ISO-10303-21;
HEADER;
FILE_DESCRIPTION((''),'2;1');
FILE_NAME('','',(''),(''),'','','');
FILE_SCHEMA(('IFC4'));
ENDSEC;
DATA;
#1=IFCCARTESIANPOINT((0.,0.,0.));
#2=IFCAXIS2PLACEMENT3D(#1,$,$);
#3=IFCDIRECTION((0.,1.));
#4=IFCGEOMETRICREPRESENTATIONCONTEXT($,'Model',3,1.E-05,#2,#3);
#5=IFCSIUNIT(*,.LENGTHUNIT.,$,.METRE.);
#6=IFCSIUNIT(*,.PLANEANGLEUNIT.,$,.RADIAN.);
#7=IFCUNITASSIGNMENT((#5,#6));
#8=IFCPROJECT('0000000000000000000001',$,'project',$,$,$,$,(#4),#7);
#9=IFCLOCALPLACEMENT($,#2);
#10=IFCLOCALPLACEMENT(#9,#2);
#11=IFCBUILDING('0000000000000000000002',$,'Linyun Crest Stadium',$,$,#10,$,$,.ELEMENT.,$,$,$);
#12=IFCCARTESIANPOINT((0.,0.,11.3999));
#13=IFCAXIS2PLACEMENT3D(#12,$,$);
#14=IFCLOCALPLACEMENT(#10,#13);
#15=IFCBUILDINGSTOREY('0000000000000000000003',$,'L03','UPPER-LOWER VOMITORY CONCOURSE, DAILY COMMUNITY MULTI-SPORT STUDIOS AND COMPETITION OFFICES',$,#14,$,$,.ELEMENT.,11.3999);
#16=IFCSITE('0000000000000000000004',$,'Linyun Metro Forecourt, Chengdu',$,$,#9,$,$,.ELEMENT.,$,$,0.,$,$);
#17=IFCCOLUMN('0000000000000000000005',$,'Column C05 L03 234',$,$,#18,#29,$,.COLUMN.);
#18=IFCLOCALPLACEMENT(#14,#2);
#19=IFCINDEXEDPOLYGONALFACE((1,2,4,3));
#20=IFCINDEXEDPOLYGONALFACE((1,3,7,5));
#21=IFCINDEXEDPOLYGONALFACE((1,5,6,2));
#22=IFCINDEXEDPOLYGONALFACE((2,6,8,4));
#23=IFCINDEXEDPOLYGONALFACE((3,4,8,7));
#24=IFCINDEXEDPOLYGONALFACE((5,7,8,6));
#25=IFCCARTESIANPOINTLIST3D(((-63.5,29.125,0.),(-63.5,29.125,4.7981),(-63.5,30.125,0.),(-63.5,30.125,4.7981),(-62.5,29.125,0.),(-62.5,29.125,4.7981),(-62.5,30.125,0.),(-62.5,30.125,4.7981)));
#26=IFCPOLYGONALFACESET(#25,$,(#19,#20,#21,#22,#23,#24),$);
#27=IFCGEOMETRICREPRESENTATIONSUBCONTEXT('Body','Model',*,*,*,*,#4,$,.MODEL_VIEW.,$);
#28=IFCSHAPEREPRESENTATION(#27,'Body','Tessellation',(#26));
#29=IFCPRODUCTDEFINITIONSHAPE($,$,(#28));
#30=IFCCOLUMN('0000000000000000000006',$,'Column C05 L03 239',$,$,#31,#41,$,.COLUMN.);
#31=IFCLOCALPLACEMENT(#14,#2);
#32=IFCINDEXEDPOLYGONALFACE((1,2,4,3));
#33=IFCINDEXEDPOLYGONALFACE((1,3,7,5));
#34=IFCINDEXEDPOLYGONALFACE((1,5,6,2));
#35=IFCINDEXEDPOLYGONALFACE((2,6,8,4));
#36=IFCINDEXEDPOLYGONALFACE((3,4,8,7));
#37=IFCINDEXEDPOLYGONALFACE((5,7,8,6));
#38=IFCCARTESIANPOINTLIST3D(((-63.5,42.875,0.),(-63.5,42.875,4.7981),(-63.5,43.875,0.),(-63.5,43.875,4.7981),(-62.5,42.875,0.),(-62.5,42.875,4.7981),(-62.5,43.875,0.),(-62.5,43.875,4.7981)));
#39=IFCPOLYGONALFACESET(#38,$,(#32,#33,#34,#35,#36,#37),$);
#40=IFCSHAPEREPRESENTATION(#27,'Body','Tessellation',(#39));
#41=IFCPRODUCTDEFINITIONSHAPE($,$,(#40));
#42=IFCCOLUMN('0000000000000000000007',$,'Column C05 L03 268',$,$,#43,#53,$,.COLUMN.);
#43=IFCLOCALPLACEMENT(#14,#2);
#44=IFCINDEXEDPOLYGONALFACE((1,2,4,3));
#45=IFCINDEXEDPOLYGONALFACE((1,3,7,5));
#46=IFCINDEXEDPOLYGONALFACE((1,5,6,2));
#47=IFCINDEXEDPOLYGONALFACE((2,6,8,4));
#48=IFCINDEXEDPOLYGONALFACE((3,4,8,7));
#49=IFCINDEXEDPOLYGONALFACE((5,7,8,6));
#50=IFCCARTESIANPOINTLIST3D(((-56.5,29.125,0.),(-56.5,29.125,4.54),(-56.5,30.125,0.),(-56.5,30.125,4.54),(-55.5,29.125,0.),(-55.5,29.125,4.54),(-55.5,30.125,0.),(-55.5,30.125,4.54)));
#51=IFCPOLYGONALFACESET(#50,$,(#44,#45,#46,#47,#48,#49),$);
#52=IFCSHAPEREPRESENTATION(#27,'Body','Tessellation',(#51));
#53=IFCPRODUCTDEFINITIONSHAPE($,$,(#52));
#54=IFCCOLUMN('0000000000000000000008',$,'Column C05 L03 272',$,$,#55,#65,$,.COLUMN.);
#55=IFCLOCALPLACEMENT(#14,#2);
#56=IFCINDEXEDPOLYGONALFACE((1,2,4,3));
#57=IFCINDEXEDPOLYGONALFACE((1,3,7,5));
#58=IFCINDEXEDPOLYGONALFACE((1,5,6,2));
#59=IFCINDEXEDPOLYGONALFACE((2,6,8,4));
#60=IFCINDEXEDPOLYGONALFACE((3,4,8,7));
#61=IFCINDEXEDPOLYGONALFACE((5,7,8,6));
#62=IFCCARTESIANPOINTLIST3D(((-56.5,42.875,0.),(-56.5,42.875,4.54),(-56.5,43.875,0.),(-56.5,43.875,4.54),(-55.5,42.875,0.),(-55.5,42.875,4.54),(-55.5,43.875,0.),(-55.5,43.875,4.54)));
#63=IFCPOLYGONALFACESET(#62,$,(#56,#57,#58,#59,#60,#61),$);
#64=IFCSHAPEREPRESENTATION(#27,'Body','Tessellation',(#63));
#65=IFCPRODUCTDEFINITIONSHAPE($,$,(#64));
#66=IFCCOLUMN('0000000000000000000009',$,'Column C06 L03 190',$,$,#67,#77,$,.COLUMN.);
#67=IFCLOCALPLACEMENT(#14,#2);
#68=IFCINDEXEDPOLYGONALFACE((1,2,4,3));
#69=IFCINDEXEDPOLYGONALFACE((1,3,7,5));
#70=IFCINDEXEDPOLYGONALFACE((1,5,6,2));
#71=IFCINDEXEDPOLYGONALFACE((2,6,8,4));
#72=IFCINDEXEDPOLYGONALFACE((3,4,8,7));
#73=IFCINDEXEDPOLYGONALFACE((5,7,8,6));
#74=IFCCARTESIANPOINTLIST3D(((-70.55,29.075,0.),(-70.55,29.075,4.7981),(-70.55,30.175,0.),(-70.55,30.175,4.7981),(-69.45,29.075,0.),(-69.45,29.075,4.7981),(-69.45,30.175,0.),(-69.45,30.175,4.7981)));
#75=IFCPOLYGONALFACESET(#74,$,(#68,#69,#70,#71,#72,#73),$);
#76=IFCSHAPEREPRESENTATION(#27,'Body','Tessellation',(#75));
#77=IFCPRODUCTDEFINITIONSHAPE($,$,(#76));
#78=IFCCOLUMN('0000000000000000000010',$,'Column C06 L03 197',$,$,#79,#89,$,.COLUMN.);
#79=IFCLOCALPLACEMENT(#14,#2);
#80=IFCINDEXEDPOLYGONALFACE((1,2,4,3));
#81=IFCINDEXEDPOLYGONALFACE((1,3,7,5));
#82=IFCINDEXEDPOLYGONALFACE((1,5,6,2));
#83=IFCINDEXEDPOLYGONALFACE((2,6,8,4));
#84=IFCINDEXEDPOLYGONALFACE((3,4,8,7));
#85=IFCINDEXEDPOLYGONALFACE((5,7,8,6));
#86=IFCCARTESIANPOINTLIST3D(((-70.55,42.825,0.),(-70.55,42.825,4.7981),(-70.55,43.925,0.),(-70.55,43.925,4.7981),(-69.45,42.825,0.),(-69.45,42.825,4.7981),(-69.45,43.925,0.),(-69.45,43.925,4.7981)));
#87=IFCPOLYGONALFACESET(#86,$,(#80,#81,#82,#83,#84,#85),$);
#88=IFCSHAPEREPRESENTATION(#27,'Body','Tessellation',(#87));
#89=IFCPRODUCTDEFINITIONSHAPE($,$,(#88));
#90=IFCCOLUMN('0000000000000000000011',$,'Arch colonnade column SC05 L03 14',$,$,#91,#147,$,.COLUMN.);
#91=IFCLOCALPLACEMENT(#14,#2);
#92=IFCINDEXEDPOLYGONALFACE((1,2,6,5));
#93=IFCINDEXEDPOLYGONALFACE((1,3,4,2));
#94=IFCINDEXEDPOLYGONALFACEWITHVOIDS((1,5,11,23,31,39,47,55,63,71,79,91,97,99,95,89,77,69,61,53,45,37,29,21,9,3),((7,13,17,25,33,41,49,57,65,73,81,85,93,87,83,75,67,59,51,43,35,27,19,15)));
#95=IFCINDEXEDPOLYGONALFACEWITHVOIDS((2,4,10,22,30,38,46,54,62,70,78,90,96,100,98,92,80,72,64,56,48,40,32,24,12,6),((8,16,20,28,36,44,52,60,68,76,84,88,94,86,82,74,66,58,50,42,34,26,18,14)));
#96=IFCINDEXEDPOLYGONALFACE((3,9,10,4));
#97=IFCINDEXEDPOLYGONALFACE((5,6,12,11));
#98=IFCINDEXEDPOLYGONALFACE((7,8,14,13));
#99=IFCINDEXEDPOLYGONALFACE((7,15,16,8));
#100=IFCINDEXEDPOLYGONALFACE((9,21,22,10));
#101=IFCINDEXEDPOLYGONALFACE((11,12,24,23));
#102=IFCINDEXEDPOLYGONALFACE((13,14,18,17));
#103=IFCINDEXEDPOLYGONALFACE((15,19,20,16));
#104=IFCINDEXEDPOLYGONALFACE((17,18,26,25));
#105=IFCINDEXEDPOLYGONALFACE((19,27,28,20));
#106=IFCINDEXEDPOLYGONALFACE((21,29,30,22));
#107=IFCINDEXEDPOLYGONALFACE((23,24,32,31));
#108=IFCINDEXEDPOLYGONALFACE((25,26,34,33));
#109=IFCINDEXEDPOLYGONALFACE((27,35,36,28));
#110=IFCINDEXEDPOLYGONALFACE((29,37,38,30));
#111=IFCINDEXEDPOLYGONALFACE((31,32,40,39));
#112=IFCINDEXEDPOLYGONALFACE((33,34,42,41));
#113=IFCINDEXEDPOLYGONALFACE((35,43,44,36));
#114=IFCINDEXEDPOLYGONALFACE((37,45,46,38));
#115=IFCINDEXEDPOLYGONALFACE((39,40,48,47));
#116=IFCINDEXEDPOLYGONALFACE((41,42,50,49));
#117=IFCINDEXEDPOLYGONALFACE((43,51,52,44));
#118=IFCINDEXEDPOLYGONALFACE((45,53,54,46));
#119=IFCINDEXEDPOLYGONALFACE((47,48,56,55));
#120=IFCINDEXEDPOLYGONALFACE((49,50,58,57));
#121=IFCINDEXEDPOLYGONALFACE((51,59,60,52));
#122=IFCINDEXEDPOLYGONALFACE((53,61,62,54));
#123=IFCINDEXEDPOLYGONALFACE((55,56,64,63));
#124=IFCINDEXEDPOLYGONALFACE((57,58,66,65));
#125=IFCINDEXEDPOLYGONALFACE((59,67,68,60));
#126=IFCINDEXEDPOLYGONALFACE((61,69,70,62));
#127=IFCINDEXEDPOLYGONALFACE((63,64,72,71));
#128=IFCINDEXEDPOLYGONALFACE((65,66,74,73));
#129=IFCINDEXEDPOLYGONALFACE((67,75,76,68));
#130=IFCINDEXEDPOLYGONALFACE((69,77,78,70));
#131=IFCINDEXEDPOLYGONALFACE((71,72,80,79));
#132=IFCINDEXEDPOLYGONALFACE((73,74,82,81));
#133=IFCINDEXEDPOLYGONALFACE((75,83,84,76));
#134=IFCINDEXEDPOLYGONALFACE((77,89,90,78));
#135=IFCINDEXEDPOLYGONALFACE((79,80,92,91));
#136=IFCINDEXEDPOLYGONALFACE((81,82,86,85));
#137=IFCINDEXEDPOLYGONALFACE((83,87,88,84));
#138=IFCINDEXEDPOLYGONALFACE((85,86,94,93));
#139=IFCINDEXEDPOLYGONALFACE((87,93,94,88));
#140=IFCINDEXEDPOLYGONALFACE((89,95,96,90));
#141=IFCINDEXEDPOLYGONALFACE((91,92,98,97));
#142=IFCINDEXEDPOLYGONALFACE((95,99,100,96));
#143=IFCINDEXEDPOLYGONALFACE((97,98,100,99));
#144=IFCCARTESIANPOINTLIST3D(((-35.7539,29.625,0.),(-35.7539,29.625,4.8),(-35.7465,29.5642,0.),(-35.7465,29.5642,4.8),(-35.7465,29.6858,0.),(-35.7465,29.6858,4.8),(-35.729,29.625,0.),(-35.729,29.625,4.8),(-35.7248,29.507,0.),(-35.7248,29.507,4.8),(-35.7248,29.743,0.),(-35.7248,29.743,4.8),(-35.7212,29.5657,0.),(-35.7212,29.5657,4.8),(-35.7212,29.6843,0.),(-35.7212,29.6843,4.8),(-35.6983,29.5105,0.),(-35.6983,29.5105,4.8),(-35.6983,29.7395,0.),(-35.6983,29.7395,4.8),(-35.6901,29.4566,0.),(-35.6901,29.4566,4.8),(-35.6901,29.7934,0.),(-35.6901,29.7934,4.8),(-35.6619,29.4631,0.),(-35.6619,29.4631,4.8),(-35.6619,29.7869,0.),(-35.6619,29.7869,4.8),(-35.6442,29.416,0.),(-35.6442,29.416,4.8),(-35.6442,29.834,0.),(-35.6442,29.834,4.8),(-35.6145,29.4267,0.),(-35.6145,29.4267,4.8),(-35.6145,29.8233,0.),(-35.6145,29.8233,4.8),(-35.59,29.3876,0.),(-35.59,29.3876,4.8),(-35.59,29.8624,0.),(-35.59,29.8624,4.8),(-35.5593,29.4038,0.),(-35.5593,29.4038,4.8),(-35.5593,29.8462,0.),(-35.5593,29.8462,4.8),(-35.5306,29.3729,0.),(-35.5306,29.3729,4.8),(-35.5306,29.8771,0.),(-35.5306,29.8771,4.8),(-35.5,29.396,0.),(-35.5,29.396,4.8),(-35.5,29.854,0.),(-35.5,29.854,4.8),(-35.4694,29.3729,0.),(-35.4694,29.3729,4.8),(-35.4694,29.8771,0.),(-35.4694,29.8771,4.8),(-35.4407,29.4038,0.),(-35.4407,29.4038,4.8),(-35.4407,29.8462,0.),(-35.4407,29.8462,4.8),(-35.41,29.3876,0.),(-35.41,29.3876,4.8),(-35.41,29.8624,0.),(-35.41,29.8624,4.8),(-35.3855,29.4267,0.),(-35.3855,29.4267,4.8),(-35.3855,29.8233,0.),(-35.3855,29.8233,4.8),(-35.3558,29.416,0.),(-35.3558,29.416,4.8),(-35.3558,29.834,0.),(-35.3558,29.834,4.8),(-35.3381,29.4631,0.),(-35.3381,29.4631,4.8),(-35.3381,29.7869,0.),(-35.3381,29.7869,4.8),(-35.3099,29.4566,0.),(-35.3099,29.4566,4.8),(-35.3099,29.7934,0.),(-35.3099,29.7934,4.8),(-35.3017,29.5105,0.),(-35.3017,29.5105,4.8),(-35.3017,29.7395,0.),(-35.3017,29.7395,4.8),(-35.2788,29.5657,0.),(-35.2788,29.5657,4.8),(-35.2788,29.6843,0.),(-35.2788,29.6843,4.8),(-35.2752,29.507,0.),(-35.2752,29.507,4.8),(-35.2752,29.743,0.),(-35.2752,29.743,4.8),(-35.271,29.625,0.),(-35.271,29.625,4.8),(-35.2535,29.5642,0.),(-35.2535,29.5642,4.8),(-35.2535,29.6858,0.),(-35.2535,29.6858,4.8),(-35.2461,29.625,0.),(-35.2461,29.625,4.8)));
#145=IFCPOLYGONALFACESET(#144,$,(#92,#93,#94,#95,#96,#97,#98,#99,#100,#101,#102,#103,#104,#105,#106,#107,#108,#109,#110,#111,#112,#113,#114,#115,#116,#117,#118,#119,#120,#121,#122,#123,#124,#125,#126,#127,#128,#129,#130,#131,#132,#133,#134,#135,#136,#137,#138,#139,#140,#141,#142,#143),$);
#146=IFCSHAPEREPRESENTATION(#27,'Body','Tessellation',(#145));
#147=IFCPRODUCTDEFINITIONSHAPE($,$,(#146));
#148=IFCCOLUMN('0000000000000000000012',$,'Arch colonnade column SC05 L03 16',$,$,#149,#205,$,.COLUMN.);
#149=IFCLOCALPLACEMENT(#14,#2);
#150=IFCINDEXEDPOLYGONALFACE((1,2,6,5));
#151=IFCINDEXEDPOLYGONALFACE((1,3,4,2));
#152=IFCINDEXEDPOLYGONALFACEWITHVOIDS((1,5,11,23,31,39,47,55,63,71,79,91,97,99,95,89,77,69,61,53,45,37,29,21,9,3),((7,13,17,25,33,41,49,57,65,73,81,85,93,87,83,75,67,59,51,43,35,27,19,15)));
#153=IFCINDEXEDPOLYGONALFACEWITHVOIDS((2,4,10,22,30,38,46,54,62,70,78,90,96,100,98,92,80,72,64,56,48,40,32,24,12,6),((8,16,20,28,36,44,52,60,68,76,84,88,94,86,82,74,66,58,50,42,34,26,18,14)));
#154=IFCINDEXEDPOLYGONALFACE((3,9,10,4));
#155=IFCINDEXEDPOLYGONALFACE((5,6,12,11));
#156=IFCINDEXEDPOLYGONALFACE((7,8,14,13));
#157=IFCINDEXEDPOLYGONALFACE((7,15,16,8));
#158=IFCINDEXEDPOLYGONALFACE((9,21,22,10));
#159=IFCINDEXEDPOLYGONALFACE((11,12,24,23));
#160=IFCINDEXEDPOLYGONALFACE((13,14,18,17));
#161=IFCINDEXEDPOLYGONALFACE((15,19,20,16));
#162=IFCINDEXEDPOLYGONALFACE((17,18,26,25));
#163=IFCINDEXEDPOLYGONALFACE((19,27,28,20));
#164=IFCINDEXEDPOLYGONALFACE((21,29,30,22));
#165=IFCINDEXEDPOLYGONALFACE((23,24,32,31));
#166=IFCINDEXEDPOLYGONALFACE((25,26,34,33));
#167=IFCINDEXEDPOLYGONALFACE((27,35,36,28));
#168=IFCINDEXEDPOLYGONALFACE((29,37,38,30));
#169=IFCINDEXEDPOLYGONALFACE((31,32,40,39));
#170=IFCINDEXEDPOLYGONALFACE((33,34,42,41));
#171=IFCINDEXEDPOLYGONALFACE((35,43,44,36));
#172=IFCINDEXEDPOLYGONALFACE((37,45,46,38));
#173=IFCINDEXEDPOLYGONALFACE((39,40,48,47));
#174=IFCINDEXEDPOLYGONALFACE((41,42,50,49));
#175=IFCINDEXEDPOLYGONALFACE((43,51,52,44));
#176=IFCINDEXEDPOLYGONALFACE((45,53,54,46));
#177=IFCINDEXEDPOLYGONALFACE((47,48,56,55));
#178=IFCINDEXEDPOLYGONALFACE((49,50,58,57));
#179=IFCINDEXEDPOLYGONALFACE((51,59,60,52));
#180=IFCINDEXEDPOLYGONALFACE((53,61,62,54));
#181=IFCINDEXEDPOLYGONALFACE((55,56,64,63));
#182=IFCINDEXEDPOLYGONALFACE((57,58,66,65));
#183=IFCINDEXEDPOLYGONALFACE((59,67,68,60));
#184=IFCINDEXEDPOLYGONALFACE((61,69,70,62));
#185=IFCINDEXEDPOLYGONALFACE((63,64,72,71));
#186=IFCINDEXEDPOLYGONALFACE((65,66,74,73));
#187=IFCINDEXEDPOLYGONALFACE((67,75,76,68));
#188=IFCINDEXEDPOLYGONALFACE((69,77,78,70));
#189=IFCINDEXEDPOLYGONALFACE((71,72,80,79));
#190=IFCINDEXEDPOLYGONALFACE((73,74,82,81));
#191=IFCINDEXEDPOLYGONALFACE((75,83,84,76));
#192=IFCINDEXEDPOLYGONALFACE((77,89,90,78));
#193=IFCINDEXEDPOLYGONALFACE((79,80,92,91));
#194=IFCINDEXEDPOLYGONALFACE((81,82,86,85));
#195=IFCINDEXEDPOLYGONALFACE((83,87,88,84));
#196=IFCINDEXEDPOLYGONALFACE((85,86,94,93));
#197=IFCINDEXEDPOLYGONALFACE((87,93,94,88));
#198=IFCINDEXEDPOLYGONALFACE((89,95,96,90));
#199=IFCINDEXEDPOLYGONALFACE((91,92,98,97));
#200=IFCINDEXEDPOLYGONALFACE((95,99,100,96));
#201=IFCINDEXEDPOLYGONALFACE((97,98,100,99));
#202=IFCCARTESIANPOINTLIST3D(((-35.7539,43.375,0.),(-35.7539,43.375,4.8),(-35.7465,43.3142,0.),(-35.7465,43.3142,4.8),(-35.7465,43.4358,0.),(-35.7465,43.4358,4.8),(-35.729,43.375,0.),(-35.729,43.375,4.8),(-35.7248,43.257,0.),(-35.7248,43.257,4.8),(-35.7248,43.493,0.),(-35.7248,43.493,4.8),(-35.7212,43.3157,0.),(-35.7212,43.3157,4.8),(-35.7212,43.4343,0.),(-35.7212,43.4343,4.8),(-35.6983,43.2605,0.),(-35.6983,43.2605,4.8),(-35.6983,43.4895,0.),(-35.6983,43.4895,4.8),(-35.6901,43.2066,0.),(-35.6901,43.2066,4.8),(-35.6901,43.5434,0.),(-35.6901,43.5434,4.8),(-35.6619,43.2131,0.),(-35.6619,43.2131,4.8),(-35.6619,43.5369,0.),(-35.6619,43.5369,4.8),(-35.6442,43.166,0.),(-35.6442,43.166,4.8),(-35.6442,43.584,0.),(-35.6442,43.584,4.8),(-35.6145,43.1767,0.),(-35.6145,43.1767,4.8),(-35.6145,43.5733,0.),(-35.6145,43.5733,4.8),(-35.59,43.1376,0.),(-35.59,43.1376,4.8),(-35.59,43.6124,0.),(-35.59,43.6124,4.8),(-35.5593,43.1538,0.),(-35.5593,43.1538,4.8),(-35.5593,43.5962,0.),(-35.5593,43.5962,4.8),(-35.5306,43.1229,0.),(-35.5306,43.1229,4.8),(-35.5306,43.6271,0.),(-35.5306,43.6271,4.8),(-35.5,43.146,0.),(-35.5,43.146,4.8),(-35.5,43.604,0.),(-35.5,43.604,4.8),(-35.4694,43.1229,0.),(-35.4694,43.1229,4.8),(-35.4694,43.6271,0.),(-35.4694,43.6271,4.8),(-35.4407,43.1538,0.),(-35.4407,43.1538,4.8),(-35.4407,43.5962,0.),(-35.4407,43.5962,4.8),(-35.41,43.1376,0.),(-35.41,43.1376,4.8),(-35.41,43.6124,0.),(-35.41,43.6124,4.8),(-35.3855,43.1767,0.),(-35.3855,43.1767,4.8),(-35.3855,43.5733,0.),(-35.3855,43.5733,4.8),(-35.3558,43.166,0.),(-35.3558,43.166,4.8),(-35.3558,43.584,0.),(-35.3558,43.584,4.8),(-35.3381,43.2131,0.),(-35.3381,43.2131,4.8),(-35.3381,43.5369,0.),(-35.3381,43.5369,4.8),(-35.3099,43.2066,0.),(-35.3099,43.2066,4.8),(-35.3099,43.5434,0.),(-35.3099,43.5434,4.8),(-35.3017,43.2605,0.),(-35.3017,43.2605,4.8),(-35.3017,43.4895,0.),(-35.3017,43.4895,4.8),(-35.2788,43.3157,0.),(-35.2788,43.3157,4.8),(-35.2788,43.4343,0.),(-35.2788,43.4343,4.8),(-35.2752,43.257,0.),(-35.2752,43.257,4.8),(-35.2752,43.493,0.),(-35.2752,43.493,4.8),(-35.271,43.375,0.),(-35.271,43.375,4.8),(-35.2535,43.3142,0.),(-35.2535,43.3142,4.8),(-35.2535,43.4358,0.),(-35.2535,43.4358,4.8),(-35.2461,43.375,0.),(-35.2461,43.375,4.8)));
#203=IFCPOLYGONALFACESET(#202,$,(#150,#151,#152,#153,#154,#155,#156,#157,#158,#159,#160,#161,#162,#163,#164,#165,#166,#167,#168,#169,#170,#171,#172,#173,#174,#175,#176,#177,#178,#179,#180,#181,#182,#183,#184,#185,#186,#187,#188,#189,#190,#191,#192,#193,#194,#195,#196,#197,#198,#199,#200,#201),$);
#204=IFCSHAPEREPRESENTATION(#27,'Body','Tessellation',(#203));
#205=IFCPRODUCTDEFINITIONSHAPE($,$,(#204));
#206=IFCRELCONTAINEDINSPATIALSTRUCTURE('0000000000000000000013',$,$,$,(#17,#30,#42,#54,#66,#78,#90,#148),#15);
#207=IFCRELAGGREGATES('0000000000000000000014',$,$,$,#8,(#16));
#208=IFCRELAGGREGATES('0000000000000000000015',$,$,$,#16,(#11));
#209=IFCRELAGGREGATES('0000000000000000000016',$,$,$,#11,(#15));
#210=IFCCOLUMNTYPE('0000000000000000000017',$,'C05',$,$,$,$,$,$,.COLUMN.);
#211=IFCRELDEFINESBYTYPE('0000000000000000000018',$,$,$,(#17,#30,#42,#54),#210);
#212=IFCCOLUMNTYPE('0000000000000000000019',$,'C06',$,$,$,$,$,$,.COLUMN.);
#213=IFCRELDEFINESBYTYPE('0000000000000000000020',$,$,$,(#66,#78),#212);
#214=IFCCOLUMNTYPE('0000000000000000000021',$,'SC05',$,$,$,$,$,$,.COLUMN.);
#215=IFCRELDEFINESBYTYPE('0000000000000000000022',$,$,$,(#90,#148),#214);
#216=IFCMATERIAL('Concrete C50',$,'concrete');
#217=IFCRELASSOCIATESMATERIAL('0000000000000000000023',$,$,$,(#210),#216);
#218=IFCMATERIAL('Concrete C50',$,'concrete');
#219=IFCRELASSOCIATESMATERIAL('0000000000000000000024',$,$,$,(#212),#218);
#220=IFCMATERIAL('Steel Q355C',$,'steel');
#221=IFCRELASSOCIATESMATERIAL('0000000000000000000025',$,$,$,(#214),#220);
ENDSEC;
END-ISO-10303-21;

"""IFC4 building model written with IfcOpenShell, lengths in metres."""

from ifc_helpers import new_model, si_unit, direction, frame, origin, origin_2d, place, context, subcontext, project, spatial, rectangle, hollow_circle, extrude, material, material_profile, profile_set, type_object, element, save


model = new_model("IFC4")

# Units and contexts
model_context = context("Model", 3, precision=1e-05, world=origin(), true_north=direction((0.0, 1.0)))
body_context = subcontext(model_context, "Body", "Model", "MODEL_VIEW")
ifc_project = project(units=[si_unit("LENGTHUNIT", "METRE"), si_unit("PLANEANGLEUNIT", "RADIAN")], contexts=[model_context])

# Site, building, storey
site_placement = place(None, origin())
site = spatial("IfcSite", under=ifc_project, at=site_placement, Name="Linyun Metro Forecourt, Chengdu", CompositionType="ELEMENT", RefElevation=0.0)
building_placement = place(site_placement, origin())
building = spatial("IfcBuilding", under=site, at=building_placement, Name="Linyun Crest Stadium", CompositionType="ELEMENT")
storey_placement = place(building_placement, frame((0.0, 0.0, 11.3999)))
storey = spatial("IfcBuildingStorey", under=building, at=storey_placement, Name="L03", Description="UPPER-LOWER VOMITORY CONCOURSE, DAILY COMMUNITY MULTI-SPORT STUDIOS AND COMPETITION OFFICES", CompositionType="ELEMENT", Elevation=11.3999)

# Columns
ifc_material_1 = material(Name="Concrete C50", Category="concrete")
ifc_material_profile_1 = material_profile(ifc_material_1, rectangle(XDim=1.0, YDim=1.0, at=origin_2d()), Name="RC 1000x1000")
ifc_profile_set_1 = profile_set([ifc_material_profile_1], Name="Concrete C50")
column_type_1 = type_object("IfcColumnType", Name="C05", PredefinedType="COLUMN", material=ifc_profile_set_1)
for number, where, z_axis, x_axis, name in (
    (1, (-63.0, 29.625, 0.0), (0.0, 0.0, 1.0), (1.0, 0.0, 0.0), "Column C05 L03 234"),
    (2, (-63.0, 43.375, 0.0), (0.0, 0.0, 1.0), (1.0, 0.0, 0.0), "Column C05 L03 239"),
):
    element("IfcColumn", number, at=place(storey_placement, frame(where, z_axis=z_axis, x_axis=x_axis)), inside=storey, type_object=column_type_1, Name=name, PredefinedType="COLUMN", context=body_context, shape_type="SweptSolid", body=[
        extrude(rectangle(XDim=1.0, YDim=1.0, at=origin_2d()), origin(), (0.0, 0.0, 1.0), 4.7981),
    ])
for number, where, z_axis, x_axis, name in (
    (3, (-56.0, 29.625, 0.0), (0.0, 0.0, 1.0), (1.0, 0.0, 0.0), "Column C05 L03 268"),
    (4, (-56.0, 43.375, 0.0), (0.0, 0.0, 1.0), (1.0, 0.0, 0.0), "Column C05 L03 272"),
):
    element("IfcColumn", number, at=place(storey_placement, frame(where, z_axis=z_axis, x_axis=x_axis)), inside=storey, type_object=column_type_1, Name=name, PredefinedType="COLUMN", context=body_context, shape_type="SweptSolid", body=[
        extrude(rectangle(XDim=1.0, YDim=1.0, at=origin_2d()), origin(), (0.0, 0.0, 1.0), 4.54),
    ])
ifc_material_2 = material(Name="Concrete C50", Category="concrete")
ifc_material_profile_2 = material_profile(ifc_material_2, rectangle(XDim=1.1001, YDim=1.1001, at=origin_2d()), Name="RC 1100x1100")
ifc_profile_set_2 = profile_set([ifc_material_profile_2], Name="Concrete C50")
column_type_2 = type_object("IfcColumnType", Name="C06", PredefinedType="COLUMN", material=ifc_profile_set_2)
for number, where, z_axis, x_axis, name in (
    (5, (-70.0, 29.625, 0.0), (0.0, 0.0, 1.0), (1.0, 0.0, 0.0), "Column C06 L03 190"),
    (6, (-70.0, 43.375, 0.0), (0.0, 0.0, 1.0), (1.0, 0.0, 0.0), "Column C06 L03 197"),
):
    element("IfcColumn", number, at=place(storey_placement, frame(where, z_axis=z_axis, x_axis=x_axis)), inside=storey, type_object=column_type_2, Name=name, PredefinedType="COLUMN", context=body_context, shape_type="SweptSolid", body=[
        extrude(rectangle(XDim=1.1001, YDim=1.1001, at=origin_2d()), origin(), (0.0, 0.0, 1.0), 4.7981),
    ])
ifc_material_3 = material(Name="Steel Q355C", Category="steel")
ifc_material_profile_3 = material_profile(ifc_material_3, hollow_circle(Radius=0.2539, WallThickness=0.0249, at=origin_2d()), Name="CHS 508x25")
ifc_profile_set_3 = profile_set([ifc_material_profile_3], Name="Steel Q355C")
column_type_3 = type_object("IfcColumnType", Name="SC05", PredefinedType="COLUMN", material=ifc_profile_set_3)
for number, where, z_axis, x_axis, name in (
    (7, (-35.5, 29.625, 0.0), (0.0, 0.0, 1.0), (1.0, 0.0, 0.0), "Arch colonnade column SC05 L03 14"),
    (8, (-35.5, 43.375, 0.0), (0.0, 0.0, 1.0), (1.0, 0.0, 0.0), "Arch colonnade column SC05 L03 16"),
):
    element("IfcColumn", number, at=place(storey_placement, frame(where, z_axis=z_axis, x_axis=x_axis)), inside=storey, type_object=column_type_3, Name=name, PredefinedType="COLUMN", context=body_context, shape_type="SweptSolid", body=[
        extrude(hollow_circle(Radius=0.2539, WallThickness=0.0249, at=origin_2d()), origin(), (0.0, 0.0, 1.0), 4.8),
    ])

save(model, "model.ifc")
